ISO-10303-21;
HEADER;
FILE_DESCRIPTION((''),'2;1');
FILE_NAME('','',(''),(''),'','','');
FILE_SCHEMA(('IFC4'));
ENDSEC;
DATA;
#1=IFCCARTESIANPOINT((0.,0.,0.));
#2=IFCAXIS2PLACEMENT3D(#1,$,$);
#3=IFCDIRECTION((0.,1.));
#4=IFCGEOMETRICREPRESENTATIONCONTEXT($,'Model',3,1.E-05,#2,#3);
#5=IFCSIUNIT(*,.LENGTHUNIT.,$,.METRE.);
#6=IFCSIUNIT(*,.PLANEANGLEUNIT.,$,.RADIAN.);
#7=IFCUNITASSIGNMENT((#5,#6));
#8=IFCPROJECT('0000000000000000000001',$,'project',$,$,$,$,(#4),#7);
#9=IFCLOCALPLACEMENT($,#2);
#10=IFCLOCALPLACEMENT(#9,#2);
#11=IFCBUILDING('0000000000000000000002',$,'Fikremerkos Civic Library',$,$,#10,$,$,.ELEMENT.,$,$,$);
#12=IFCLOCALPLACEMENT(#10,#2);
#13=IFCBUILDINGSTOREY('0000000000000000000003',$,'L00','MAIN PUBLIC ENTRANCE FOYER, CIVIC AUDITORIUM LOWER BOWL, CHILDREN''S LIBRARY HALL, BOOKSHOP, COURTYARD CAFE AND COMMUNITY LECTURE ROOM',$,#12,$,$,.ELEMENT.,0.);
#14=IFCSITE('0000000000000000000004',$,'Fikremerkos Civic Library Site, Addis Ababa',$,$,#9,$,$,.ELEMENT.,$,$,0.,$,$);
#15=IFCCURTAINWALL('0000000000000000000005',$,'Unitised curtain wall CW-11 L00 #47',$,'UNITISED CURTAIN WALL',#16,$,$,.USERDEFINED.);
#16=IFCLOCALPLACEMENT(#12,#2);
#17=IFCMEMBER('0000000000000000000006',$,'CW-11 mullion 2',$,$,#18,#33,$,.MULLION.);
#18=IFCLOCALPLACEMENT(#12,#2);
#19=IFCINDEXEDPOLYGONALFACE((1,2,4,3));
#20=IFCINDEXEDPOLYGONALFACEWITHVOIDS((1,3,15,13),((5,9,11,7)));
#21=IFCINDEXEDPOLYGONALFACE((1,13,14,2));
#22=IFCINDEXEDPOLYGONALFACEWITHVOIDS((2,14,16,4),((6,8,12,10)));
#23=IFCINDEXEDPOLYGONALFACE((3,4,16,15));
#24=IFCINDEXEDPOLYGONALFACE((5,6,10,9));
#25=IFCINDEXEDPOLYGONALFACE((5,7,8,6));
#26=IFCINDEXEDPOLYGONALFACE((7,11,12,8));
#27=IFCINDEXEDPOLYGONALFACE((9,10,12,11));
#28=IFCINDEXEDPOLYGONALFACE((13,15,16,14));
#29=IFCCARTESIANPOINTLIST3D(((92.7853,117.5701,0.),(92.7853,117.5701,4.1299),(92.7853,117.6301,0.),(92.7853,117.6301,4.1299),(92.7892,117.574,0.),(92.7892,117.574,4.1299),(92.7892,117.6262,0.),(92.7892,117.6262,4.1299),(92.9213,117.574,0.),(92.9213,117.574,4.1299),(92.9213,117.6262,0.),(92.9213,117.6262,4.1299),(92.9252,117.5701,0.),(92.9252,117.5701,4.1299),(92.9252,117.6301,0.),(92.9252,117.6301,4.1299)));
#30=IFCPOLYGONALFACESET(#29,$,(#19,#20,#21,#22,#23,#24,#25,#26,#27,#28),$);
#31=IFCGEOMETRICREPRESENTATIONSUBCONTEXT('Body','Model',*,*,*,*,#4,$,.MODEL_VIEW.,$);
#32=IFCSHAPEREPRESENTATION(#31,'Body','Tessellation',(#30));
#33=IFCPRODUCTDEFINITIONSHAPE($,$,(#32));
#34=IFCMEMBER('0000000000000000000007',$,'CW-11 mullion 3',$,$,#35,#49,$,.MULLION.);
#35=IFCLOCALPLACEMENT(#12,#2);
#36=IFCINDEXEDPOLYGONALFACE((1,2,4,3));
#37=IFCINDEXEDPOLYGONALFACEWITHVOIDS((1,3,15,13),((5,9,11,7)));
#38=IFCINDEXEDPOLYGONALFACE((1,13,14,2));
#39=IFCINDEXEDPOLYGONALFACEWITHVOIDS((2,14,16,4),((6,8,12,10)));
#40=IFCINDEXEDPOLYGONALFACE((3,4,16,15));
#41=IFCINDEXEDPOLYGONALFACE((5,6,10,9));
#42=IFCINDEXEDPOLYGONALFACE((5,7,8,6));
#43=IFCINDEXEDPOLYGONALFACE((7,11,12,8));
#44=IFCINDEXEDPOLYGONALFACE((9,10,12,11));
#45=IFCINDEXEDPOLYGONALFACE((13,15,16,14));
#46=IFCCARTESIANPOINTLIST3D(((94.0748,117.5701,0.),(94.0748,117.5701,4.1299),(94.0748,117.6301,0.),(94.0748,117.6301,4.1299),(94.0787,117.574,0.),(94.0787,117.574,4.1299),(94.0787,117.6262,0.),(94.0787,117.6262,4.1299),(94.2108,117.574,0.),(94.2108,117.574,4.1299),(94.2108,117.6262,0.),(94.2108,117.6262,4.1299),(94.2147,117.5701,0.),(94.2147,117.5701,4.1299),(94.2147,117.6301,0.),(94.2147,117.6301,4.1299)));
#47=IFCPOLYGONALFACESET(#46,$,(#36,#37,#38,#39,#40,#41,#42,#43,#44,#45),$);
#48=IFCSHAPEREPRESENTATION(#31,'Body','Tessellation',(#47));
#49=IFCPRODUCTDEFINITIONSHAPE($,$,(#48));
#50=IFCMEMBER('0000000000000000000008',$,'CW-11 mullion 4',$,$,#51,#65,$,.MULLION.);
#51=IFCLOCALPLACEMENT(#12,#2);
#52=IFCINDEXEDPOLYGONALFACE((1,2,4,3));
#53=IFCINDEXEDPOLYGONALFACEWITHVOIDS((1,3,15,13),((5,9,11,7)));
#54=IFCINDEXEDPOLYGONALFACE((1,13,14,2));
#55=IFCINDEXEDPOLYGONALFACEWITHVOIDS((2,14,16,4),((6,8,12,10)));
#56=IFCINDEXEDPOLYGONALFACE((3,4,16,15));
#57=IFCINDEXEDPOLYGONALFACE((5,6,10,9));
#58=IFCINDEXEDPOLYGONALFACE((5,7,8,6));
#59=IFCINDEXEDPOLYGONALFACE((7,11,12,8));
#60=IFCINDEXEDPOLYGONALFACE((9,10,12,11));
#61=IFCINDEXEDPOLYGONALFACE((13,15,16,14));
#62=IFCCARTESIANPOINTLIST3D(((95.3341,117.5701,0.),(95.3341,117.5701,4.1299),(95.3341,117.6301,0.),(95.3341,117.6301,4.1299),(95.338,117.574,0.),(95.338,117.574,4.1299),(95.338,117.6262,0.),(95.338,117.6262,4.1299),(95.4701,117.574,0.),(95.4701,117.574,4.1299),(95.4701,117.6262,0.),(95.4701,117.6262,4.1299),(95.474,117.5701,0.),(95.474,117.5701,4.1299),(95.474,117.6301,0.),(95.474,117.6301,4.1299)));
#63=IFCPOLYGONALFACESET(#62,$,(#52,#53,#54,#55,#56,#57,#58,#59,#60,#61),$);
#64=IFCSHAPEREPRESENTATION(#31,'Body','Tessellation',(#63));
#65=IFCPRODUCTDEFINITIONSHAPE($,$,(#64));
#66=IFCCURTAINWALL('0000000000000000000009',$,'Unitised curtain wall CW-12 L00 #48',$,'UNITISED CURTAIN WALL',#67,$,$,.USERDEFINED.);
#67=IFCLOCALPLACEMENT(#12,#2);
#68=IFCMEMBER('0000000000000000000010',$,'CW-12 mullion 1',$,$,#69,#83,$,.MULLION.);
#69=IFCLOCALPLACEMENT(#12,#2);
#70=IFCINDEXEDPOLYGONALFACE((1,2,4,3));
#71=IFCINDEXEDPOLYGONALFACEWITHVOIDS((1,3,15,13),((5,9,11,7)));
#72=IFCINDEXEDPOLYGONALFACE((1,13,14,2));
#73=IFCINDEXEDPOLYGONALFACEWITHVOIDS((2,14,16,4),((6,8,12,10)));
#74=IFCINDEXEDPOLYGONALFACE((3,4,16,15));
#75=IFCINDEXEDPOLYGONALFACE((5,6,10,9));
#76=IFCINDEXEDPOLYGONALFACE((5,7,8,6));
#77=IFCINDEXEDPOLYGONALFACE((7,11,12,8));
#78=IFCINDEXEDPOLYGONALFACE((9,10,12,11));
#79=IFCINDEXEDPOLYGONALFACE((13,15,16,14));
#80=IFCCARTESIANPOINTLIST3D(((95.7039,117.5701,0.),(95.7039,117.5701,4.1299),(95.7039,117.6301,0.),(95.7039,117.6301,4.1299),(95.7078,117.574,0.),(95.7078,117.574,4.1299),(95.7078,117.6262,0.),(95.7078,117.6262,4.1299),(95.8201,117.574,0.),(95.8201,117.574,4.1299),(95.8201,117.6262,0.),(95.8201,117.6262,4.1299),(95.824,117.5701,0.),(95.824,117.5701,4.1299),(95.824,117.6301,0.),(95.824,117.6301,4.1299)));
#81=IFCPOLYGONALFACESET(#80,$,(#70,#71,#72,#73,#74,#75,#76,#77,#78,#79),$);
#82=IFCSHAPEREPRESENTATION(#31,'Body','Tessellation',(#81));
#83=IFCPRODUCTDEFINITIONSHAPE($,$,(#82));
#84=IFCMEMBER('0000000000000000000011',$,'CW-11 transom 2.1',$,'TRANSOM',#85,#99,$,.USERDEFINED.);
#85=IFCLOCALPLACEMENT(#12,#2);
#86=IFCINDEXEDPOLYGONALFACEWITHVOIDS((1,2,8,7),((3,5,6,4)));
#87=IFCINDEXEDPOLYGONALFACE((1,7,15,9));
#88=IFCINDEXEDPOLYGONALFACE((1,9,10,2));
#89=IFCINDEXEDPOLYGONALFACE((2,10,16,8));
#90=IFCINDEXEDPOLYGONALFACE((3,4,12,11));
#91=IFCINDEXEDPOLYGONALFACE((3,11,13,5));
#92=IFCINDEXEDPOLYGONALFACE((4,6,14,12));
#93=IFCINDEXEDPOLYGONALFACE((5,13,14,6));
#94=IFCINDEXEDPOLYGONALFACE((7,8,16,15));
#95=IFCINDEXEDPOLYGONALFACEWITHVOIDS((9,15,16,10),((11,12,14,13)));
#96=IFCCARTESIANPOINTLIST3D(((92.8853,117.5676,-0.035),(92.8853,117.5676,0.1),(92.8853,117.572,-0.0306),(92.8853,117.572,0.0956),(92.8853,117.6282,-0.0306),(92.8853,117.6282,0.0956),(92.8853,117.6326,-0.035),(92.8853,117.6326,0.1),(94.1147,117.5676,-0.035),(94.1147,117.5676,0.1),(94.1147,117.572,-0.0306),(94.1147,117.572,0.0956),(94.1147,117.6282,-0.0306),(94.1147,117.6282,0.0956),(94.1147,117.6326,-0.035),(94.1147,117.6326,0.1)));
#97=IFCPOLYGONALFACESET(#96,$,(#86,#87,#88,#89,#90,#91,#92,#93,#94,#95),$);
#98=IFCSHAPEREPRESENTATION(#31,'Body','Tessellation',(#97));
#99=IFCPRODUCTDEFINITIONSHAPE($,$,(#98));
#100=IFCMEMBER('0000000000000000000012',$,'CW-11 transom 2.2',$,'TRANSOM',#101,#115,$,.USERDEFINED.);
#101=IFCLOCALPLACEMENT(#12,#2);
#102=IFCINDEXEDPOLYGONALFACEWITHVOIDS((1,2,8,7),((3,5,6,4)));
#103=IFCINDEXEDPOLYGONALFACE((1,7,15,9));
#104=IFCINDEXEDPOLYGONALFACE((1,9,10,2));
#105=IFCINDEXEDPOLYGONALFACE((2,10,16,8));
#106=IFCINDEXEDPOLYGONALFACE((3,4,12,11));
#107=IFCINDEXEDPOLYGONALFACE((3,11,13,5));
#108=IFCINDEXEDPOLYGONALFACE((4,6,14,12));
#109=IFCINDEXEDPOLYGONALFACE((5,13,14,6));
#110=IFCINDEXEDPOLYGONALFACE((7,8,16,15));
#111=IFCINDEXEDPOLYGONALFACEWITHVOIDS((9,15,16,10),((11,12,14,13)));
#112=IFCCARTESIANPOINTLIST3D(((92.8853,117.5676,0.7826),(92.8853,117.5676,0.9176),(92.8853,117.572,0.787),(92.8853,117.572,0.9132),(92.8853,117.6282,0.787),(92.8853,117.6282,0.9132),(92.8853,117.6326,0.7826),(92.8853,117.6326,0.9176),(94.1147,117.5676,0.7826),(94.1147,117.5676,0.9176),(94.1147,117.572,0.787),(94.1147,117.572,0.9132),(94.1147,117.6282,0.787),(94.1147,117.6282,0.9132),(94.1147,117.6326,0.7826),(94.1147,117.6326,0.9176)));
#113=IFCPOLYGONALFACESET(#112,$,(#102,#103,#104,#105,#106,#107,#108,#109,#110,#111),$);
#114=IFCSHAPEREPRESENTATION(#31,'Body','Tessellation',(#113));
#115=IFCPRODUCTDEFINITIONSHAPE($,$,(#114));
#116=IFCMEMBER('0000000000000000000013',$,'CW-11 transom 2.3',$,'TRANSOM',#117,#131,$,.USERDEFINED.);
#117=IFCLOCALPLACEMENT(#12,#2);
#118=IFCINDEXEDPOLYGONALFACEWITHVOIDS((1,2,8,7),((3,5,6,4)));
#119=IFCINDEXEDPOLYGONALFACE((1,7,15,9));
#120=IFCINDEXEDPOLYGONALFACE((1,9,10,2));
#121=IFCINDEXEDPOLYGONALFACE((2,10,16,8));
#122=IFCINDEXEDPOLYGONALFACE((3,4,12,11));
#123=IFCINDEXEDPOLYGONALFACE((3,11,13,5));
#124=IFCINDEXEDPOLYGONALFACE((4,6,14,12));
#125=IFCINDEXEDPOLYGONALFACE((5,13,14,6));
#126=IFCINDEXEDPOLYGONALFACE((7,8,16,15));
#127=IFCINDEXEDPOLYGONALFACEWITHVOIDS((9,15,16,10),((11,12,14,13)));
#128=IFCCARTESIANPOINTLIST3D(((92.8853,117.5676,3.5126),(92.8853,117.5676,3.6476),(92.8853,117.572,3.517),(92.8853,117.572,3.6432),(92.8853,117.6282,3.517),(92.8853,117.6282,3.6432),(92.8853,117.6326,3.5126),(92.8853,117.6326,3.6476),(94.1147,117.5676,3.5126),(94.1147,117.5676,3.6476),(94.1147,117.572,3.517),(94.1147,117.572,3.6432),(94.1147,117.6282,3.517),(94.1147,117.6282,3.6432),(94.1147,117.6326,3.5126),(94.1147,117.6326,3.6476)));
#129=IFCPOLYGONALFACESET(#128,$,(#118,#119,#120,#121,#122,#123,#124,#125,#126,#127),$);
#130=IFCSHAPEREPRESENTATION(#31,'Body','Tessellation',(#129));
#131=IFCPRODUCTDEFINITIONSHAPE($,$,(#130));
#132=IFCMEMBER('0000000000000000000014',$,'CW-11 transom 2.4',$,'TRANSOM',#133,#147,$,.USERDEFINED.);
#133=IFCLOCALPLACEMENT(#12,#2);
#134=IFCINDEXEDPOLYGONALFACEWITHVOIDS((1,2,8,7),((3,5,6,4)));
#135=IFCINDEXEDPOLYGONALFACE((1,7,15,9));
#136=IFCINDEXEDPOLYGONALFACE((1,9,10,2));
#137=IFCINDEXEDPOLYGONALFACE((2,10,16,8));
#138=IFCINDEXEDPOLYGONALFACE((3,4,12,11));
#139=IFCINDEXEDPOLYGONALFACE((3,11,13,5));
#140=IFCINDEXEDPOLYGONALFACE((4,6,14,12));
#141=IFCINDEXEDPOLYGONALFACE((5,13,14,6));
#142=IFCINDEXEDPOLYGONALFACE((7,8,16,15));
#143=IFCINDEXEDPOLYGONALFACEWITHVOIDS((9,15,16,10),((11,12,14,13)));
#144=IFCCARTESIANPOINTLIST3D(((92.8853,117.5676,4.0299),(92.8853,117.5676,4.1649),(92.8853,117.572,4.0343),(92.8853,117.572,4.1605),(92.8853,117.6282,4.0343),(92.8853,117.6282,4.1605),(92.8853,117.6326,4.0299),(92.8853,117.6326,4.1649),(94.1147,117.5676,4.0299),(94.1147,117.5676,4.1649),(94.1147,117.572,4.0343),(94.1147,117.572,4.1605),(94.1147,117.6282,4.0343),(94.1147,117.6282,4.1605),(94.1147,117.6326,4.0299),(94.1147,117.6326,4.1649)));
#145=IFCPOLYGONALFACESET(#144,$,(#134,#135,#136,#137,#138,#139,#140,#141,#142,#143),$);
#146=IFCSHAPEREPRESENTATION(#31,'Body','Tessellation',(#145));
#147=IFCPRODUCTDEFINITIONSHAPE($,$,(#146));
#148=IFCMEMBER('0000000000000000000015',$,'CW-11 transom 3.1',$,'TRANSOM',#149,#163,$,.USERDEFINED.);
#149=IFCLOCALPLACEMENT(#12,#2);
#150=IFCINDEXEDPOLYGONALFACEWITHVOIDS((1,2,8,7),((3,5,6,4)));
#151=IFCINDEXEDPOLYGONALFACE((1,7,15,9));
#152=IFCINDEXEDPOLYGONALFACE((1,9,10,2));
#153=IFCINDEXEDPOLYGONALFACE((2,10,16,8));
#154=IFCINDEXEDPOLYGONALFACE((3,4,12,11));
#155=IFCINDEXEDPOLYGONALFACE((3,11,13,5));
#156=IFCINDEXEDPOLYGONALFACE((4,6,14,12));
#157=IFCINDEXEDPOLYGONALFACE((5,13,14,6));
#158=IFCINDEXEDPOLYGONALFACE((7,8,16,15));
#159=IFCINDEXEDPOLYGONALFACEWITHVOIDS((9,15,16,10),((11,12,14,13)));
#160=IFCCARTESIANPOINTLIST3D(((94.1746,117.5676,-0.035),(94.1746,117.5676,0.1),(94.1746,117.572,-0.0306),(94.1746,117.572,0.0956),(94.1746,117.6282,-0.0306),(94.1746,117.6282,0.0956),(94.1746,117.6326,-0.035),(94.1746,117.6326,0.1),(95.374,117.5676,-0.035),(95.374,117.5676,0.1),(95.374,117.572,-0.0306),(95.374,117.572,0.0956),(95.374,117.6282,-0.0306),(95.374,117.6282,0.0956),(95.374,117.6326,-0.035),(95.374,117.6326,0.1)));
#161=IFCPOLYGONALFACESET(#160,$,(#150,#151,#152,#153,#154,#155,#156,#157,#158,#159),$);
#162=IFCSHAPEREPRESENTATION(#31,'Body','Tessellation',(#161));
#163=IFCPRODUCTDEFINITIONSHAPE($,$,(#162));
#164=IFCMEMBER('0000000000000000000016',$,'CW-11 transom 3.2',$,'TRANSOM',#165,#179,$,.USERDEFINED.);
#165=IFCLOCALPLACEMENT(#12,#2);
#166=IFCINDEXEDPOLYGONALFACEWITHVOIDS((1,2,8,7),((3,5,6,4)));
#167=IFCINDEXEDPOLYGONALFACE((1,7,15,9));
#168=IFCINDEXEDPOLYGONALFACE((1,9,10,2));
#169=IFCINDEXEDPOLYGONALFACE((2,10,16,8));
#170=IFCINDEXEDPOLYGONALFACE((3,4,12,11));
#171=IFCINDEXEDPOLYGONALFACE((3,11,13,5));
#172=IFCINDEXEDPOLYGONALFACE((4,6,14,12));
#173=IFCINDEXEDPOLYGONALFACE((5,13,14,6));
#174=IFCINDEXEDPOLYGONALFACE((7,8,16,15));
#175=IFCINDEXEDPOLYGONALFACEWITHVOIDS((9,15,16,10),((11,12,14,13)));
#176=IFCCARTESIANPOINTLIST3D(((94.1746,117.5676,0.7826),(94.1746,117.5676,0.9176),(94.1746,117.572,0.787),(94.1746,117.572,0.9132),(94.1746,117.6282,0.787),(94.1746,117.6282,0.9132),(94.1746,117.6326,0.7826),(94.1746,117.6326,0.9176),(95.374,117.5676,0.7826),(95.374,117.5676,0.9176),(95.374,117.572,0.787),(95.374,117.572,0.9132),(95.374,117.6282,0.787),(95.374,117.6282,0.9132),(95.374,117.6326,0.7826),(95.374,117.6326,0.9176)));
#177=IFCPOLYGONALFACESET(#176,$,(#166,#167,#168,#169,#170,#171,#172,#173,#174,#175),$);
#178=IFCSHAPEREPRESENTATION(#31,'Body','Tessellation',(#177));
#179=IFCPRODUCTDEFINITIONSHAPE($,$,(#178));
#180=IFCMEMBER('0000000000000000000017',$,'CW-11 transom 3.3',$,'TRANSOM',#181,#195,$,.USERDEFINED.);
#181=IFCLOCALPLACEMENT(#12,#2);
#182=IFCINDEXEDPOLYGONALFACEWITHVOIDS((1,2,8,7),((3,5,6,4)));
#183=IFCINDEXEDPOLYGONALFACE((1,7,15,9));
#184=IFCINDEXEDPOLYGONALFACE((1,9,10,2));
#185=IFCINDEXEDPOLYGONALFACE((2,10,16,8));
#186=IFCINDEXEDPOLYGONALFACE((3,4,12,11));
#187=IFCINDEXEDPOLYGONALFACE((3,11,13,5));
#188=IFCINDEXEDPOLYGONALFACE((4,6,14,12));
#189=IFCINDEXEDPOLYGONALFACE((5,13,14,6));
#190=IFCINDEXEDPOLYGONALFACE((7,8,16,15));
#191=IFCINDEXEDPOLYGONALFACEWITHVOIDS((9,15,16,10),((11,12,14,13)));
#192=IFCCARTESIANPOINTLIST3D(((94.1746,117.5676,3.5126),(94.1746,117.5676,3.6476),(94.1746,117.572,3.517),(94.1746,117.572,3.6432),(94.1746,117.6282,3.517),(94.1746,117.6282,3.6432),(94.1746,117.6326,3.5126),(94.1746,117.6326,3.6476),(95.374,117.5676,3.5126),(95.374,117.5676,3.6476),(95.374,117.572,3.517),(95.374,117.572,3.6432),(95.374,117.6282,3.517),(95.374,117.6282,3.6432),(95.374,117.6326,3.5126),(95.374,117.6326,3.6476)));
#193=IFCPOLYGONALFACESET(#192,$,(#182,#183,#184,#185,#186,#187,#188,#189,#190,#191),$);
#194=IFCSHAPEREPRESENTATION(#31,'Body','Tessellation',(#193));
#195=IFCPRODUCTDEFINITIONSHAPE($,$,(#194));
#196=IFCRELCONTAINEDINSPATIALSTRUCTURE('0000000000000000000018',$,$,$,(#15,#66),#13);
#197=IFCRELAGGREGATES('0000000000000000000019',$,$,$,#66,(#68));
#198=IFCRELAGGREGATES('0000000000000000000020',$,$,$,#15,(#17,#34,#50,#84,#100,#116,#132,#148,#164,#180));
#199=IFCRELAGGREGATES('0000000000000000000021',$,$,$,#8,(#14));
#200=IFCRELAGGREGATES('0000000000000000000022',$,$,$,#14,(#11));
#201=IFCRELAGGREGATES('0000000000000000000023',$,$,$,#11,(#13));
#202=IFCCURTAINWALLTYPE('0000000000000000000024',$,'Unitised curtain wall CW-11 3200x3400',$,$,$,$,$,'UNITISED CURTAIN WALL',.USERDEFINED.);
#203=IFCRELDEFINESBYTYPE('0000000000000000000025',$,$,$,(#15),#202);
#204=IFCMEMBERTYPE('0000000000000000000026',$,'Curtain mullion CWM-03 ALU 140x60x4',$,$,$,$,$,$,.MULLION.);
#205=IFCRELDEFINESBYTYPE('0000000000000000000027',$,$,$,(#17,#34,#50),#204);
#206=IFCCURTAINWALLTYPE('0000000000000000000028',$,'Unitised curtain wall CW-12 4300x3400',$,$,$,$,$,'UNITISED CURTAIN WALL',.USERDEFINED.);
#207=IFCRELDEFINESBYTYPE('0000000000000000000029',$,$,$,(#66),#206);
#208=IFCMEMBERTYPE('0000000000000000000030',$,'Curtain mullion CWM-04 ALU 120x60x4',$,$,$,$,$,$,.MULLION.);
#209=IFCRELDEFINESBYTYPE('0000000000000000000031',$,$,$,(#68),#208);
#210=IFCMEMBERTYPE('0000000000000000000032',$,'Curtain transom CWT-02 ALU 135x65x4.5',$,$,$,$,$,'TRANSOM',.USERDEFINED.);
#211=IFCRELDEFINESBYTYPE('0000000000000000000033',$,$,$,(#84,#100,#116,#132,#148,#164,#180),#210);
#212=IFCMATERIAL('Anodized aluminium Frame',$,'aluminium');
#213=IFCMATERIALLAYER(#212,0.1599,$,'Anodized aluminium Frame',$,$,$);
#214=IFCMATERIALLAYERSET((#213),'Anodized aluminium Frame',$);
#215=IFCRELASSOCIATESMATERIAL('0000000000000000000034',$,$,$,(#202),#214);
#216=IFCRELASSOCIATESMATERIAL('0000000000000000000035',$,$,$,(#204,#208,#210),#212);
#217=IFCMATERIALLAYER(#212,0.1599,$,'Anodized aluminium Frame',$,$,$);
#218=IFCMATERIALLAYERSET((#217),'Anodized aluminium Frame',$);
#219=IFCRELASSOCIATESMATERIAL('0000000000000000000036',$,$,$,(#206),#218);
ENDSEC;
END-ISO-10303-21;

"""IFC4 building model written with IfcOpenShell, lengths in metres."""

from ifc_helpers import new_model, si_unit, direction, frame, origin, origin_2d, place, context, subcontext, project, spatial, hollow_rectangle, extrude, material, layer, layer_set, material_profile, profile_set, type_object, element, aggregate, save


model = new_model("IFC4")

# Units and contexts
model_context = context("Model", 3, precision=1e-05, world=origin(), true_north=direction((0.0, 1.0)))
body_context = subcontext(model_context, "Body", "Model", "MODEL_VIEW")
ifc_project = project(units=[si_unit("LENGTHUNIT", "METRE"), si_unit("PLANEANGLEUNIT", "RADIAN")], contexts=[model_context])

# Site, building, storey
site_placement = place(None, origin())
site = spatial("IfcSite", under=ifc_project, at=site_placement, Name="Fikremerkos Civic Library Site, Addis Ababa", CompositionType="ELEMENT", RefElevation=0.0)
building_placement = place(site_placement, origin())
building = spatial("IfcBuilding", under=site, at=building_placement, Name="Fikremerkos Civic Library", CompositionType="ELEMENT")
storey_placement = place(building_placement, origin())
storey = spatial("IfcBuildingStorey", under=building, at=storey_placement, Name="L00", Description="MAIN PUBLIC ENTRANCE FOYER, CIVIC AUDITORIUM LOWER BOWL, CHILDREN'S LIBRARY HALL, BOOKSHOP, COURTYARD CAFE AND COMMUNITY LECTURE ROOM", CompositionType="ELEMENT", Elevation=0.0)

# Curtain wall, members
ifc_material_1 = material(Name="Anodized aluminium Frame", Category="aluminium")
ifc_layer_1 = layer(ifc_material_1, 0.1599, Name="Anodized aluminium Frame")
ifc_layer_set_1 = layer_set([ifc_layer_1], Name="Anodized aluminium Frame")
curtain_wall_type_1 = type_object("IfcCurtainWallType", Name="Unitised curtain wall CW-11 3200x3400", ElementType="UNITISED CURTAIN WALL", PredefinedType="USERDEFINED", material=ifc_layer_set_1)
curtain_wall_1_placement = place(storey_placement, origin())
curtain_wall_1 = element("IfcCurtainWall", 1, at=curtain_wall_1_placement, inside=storey, type_object=curtain_wall_type_1, Name="Unitised curtain wall CW-11 L00 #47", ObjectType="UNITISED CURTAIN WALL", PredefinedType="USERDEFINED")
ifc_material_profile_1 = material_profile(ifc_material_1, hollow_rectangle(XDim=0.0601, YDim=0.1399, WallThickness=0.0039, at=origin_2d()), Name="ALU 140x60x4")
ifc_profile_set_1 = profile_set([ifc_material_profile_1], Name="Anodized aluminium Frame")
member_type_1 = type_object("IfcMemberType", Name="Curtain mullion CWM-03 ALU 140x60x4", PredefinedType="MULLION", material=ifc_profile_set_1)
member_1_placement = place(storey_placement, frame((92.8552, 117.6001, 0.0), z_axis=(0.0, 0.0, 1.0), x_axis=(0.0, 1.0, 0.0)))
member_1 = element("IfcMember", 2, at=member_1_placement, type_object=member_type_1, Name="CW-11 mullion 2", PredefinedType="MULLION", context=body_context, shape_type="SweptSolid", body=[
    extrude(hollow_rectangle(XDim=0.0601, YDim=0.1399, WallThickness=0.0039, at=origin_2d()), origin(), (0.0, 0.0, 1.0), 4.1299),
])
member_2_placement = place(storey_placement, frame((94.1448, 117.6001, 0.0), z_axis=(0.0, 0.0, 1.0), x_axis=(0.0, 1.0, 0.0)))
member_2 = element("IfcMember", 3, at=member_2_placement, type_object=member_type_1, Name="CW-11 mullion 3", PredefinedType="MULLION", context=body_context, shape_type="SweptSolid", body=[
    extrude(hollow_rectangle(XDim=0.0601, YDim=0.1399, WallThickness=0.0039, at=origin_2d()), origin(), (0.0, 0.0, 1.0), 4.1299),
])
member_3_placement = place(storey_placement, frame((95.4041, 117.6001, 0.0), z_axis=(0.0, 0.0, 1.0), x_axis=(0.0, 1.0, 0.0)))
member_3 = element("IfcMember", 4, at=member_3_placement, type_object=member_type_1, Name="CW-11 mullion 4", PredefinedType="MULLION", context=body_context, shape_type="SweptSolid", body=[
    extrude(hollow_rectangle(XDim=0.0601, YDim=0.1399, WallThickness=0.0039, at=origin_2d()), origin(), (0.0, 0.0, 1.0), 4.1299),
])

# Curtain wall, member
ifc_layer_2 = layer(ifc_material_1, 0.1599, Name="Anodized aluminium Frame")
ifc_layer_set_2 = layer_set([ifc_layer_2], Name="Anodized aluminium Frame")
curtain_wall_type_2 = type_object("IfcCurtainWallType", Name="Unitised curtain wall CW-12 4300x3400", ElementType="UNITISED CURTAIN WALL", PredefinedType="USERDEFINED", material=ifc_layer_set_2)
curtain_wall_2_placement = place(storey_placement, origin())
curtain_wall_2 = element("IfcCurtainWall", 5, at=curtain_wall_2_placement, inside=storey, type_object=curtain_wall_type_2, Name="Unitised curtain wall CW-12 L00 #48", ObjectType="UNITISED CURTAIN WALL", PredefinedType="USERDEFINED")
ifc_material_profile_2 = material_profile(ifc_material_1, hollow_rectangle(XDim=0.0601, YDim=0.1201, WallThickness=0.0039, at=origin_2d()), Name="ALU 120x60x4")
ifc_profile_set_2 = profile_set([ifc_material_profile_2], Name="Anodized aluminium Frame")
member_type_2 = type_object("IfcMemberType", Name="Curtain mullion CWM-04 ALU 120x60x4", PredefinedType="MULLION", material=ifc_profile_set_2)
member_4_placement = place(storey_placement, frame((95.7639, 117.6001, 0.0), z_axis=(0.0, 0.0, 1.0), x_axis=(0.0, 1.0, 0.0)))
member_4 = element("IfcMember", 6, at=member_4_placement, type_object=member_type_2, Name="CW-12 mullion 1", PredefinedType="MULLION", context=body_context, shape_type="SweptSolid", body=[
    extrude(hollow_rectangle(XDim=0.0601, YDim=0.1201, WallThickness=0.0039, at=origin_2d()), origin(), (0.0, 0.0, 1.0), 4.1299),
])

# Members
ifc_material_profile_3 = material_profile(ifc_material_1, hollow_rectangle(XDim=0.0649, YDim=0.135, WallThickness=0.0044, at=origin_2d()), Name="ALU 135x65x4.5")
ifc_profile_set_3 = profile_set([ifc_material_profile_3], Name="Anodized aluminium Frame")
member_type_3 = type_object("IfcMemberType", Name="Curtain transom CWT-02 ALU 135x65x4.5", ElementType="TRANSOM", PredefinedType="USERDEFINED", material=ifc_profile_set_3)
member_5_placement = place(storey_placement, frame((92.8853, 117.6001, 0.0325), z_axis=(1.0, 0.0, 0.0), x_axis=(0.0, 1.0, 0.0)))
member_5 = element("IfcMember", 7, at=member_5_placement, type_object=member_type_3, Name="CW-11 transom 2.1", ObjectType="TRANSOM", PredefinedType="USERDEFINED", context=body_context, shape_type="SweptSolid", body=[
    extrude(hollow_rectangle(XDim=0.0649, YDim=0.135, WallThickness=0.0044, at=origin_2d()), origin(), (0.0, 0.0, 1.0), 1.2295),
])
member_6_placement = place(storey_placement, frame((92.8853, 117.6001, 0.8501), z_axis=(1.0, 0.0, 0.0), x_axis=(0.0, 1.0, 0.0)))
member_6 = element("IfcMember", 8, at=member_6_placement, type_object=member_type_3, Name="CW-11 transom 2.2", ObjectType="TRANSOM", PredefinedType="USERDEFINED", context=body_context, shape_type="SweptSolid", body=[
    extrude(hollow_rectangle(XDim=0.0649, YDim=0.135, WallThickness=0.0044, at=origin_2d()), origin(), (0.0, 0.0, 1.0), 1.2295),
])
member_7_placement = place(storey_placement, frame((92.8853, 117.6001, 3.5801), z_axis=(1.0, 0.0, 0.0), x_axis=(0.0, 1.0, 0.0)))
member_7 = element("IfcMember", 9, at=member_7_placement, type_object=member_type_3, Name="CW-11 transom 2.3", ObjectType="TRANSOM", PredefinedType="USERDEFINED", context=body_context, shape_type="SweptSolid", body=[
    extrude(hollow_rectangle(XDim=0.0649, YDim=0.135, WallThickness=0.0044, at=origin_2d()), origin(), (0.0, 0.0, 1.0), 1.2295),
])
member_8_placement = place(storey_placement, frame((92.8853, 117.6001, 4.0974), z_axis=(1.0, 0.0, 0.0), x_axis=(0.0, 1.0, 0.0)))
member_8 = element("IfcMember", 10, at=member_8_placement, type_object=member_type_3, Name="CW-11 transom 2.4", ObjectType="TRANSOM", PredefinedType="USERDEFINED", context=body_context, shape_type="SweptSolid", body=[
    extrude(hollow_rectangle(XDim=0.0649, YDim=0.135, WallThickness=0.0044, at=origin_2d()), origin(), (0.0, 0.0, 1.0), 1.2295),
])
member_9_placement = place(storey_placement, frame((94.1746, 117.6001, 0.0325), z_axis=(1.0, 0.0, 0.0), x_axis=(0.0, 1.0, 0.0)))
member_9 = element("IfcMember", 11, at=member_9_placement, type_object=member_type_3, Name="CW-11 transom 3.1", ObjectType="TRANSOM", PredefinedType="USERDEFINED", context=body_context, shape_type="SweptSolid", body=[
    extrude(hollow_rectangle(XDim=0.0649, YDim=0.135, WallThickness=0.0044, at=origin_2d()), origin(), (0.0, 0.0, 1.0), 1.1995),
])
member_10_placement = place(storey_placement, frame((94.1746, 117.6001, 0.8501), z_axis=(1.0, 0.0, 0.0), x_axis=(0.0, 1.0, 0.0)))
member_10 = element("IfcMember", 12, at=member_10_placement, type_object=member_type_3, Name="CW-11 transom 3.2", ObjectType="TRANSOM", PredefinedType="USERDEFINED", context=body_context, shape_type="SweptSolid", body=[
    extrude(hollow_rectangle(XDim=0.0649, YDim=0.135, WallThickness=0.0044, at=origin_2d()), origin(), (0.0, 0.0, 1.0), 1.1995),
])
member_11_placement = place(storey_placement, frame((94.1746, 117.6001, 3.5801), z_axis=(1.0, 0.0, 0.0), x_axis=(0.0, 1.0, 0.0)))
member_11 = element("IfcMember", 13, at=member_11_placement, type_object=member_type_3, Name="CW-11 transom 3.3", ObjectType="TRANSOM", PredefinedType="USERDEFINED", context=body_context, shape_type="SweptSolid", body=[
    extrude(hollow_rectangle(XDim=0.0649, YDim=0.135, WallThickness=0.0044, at=origin_2d()), origin(), (0.0, 0.0, 1.0), 1.1995),
])
aggregate(curtain_wall_2, [member_4])

aggregate(curtain_wall_1, [member_1, member_2, member_3, member_5, member_6, member_7, member_8, member_9, member_10, member_11])

save(model, "model.ifc")
